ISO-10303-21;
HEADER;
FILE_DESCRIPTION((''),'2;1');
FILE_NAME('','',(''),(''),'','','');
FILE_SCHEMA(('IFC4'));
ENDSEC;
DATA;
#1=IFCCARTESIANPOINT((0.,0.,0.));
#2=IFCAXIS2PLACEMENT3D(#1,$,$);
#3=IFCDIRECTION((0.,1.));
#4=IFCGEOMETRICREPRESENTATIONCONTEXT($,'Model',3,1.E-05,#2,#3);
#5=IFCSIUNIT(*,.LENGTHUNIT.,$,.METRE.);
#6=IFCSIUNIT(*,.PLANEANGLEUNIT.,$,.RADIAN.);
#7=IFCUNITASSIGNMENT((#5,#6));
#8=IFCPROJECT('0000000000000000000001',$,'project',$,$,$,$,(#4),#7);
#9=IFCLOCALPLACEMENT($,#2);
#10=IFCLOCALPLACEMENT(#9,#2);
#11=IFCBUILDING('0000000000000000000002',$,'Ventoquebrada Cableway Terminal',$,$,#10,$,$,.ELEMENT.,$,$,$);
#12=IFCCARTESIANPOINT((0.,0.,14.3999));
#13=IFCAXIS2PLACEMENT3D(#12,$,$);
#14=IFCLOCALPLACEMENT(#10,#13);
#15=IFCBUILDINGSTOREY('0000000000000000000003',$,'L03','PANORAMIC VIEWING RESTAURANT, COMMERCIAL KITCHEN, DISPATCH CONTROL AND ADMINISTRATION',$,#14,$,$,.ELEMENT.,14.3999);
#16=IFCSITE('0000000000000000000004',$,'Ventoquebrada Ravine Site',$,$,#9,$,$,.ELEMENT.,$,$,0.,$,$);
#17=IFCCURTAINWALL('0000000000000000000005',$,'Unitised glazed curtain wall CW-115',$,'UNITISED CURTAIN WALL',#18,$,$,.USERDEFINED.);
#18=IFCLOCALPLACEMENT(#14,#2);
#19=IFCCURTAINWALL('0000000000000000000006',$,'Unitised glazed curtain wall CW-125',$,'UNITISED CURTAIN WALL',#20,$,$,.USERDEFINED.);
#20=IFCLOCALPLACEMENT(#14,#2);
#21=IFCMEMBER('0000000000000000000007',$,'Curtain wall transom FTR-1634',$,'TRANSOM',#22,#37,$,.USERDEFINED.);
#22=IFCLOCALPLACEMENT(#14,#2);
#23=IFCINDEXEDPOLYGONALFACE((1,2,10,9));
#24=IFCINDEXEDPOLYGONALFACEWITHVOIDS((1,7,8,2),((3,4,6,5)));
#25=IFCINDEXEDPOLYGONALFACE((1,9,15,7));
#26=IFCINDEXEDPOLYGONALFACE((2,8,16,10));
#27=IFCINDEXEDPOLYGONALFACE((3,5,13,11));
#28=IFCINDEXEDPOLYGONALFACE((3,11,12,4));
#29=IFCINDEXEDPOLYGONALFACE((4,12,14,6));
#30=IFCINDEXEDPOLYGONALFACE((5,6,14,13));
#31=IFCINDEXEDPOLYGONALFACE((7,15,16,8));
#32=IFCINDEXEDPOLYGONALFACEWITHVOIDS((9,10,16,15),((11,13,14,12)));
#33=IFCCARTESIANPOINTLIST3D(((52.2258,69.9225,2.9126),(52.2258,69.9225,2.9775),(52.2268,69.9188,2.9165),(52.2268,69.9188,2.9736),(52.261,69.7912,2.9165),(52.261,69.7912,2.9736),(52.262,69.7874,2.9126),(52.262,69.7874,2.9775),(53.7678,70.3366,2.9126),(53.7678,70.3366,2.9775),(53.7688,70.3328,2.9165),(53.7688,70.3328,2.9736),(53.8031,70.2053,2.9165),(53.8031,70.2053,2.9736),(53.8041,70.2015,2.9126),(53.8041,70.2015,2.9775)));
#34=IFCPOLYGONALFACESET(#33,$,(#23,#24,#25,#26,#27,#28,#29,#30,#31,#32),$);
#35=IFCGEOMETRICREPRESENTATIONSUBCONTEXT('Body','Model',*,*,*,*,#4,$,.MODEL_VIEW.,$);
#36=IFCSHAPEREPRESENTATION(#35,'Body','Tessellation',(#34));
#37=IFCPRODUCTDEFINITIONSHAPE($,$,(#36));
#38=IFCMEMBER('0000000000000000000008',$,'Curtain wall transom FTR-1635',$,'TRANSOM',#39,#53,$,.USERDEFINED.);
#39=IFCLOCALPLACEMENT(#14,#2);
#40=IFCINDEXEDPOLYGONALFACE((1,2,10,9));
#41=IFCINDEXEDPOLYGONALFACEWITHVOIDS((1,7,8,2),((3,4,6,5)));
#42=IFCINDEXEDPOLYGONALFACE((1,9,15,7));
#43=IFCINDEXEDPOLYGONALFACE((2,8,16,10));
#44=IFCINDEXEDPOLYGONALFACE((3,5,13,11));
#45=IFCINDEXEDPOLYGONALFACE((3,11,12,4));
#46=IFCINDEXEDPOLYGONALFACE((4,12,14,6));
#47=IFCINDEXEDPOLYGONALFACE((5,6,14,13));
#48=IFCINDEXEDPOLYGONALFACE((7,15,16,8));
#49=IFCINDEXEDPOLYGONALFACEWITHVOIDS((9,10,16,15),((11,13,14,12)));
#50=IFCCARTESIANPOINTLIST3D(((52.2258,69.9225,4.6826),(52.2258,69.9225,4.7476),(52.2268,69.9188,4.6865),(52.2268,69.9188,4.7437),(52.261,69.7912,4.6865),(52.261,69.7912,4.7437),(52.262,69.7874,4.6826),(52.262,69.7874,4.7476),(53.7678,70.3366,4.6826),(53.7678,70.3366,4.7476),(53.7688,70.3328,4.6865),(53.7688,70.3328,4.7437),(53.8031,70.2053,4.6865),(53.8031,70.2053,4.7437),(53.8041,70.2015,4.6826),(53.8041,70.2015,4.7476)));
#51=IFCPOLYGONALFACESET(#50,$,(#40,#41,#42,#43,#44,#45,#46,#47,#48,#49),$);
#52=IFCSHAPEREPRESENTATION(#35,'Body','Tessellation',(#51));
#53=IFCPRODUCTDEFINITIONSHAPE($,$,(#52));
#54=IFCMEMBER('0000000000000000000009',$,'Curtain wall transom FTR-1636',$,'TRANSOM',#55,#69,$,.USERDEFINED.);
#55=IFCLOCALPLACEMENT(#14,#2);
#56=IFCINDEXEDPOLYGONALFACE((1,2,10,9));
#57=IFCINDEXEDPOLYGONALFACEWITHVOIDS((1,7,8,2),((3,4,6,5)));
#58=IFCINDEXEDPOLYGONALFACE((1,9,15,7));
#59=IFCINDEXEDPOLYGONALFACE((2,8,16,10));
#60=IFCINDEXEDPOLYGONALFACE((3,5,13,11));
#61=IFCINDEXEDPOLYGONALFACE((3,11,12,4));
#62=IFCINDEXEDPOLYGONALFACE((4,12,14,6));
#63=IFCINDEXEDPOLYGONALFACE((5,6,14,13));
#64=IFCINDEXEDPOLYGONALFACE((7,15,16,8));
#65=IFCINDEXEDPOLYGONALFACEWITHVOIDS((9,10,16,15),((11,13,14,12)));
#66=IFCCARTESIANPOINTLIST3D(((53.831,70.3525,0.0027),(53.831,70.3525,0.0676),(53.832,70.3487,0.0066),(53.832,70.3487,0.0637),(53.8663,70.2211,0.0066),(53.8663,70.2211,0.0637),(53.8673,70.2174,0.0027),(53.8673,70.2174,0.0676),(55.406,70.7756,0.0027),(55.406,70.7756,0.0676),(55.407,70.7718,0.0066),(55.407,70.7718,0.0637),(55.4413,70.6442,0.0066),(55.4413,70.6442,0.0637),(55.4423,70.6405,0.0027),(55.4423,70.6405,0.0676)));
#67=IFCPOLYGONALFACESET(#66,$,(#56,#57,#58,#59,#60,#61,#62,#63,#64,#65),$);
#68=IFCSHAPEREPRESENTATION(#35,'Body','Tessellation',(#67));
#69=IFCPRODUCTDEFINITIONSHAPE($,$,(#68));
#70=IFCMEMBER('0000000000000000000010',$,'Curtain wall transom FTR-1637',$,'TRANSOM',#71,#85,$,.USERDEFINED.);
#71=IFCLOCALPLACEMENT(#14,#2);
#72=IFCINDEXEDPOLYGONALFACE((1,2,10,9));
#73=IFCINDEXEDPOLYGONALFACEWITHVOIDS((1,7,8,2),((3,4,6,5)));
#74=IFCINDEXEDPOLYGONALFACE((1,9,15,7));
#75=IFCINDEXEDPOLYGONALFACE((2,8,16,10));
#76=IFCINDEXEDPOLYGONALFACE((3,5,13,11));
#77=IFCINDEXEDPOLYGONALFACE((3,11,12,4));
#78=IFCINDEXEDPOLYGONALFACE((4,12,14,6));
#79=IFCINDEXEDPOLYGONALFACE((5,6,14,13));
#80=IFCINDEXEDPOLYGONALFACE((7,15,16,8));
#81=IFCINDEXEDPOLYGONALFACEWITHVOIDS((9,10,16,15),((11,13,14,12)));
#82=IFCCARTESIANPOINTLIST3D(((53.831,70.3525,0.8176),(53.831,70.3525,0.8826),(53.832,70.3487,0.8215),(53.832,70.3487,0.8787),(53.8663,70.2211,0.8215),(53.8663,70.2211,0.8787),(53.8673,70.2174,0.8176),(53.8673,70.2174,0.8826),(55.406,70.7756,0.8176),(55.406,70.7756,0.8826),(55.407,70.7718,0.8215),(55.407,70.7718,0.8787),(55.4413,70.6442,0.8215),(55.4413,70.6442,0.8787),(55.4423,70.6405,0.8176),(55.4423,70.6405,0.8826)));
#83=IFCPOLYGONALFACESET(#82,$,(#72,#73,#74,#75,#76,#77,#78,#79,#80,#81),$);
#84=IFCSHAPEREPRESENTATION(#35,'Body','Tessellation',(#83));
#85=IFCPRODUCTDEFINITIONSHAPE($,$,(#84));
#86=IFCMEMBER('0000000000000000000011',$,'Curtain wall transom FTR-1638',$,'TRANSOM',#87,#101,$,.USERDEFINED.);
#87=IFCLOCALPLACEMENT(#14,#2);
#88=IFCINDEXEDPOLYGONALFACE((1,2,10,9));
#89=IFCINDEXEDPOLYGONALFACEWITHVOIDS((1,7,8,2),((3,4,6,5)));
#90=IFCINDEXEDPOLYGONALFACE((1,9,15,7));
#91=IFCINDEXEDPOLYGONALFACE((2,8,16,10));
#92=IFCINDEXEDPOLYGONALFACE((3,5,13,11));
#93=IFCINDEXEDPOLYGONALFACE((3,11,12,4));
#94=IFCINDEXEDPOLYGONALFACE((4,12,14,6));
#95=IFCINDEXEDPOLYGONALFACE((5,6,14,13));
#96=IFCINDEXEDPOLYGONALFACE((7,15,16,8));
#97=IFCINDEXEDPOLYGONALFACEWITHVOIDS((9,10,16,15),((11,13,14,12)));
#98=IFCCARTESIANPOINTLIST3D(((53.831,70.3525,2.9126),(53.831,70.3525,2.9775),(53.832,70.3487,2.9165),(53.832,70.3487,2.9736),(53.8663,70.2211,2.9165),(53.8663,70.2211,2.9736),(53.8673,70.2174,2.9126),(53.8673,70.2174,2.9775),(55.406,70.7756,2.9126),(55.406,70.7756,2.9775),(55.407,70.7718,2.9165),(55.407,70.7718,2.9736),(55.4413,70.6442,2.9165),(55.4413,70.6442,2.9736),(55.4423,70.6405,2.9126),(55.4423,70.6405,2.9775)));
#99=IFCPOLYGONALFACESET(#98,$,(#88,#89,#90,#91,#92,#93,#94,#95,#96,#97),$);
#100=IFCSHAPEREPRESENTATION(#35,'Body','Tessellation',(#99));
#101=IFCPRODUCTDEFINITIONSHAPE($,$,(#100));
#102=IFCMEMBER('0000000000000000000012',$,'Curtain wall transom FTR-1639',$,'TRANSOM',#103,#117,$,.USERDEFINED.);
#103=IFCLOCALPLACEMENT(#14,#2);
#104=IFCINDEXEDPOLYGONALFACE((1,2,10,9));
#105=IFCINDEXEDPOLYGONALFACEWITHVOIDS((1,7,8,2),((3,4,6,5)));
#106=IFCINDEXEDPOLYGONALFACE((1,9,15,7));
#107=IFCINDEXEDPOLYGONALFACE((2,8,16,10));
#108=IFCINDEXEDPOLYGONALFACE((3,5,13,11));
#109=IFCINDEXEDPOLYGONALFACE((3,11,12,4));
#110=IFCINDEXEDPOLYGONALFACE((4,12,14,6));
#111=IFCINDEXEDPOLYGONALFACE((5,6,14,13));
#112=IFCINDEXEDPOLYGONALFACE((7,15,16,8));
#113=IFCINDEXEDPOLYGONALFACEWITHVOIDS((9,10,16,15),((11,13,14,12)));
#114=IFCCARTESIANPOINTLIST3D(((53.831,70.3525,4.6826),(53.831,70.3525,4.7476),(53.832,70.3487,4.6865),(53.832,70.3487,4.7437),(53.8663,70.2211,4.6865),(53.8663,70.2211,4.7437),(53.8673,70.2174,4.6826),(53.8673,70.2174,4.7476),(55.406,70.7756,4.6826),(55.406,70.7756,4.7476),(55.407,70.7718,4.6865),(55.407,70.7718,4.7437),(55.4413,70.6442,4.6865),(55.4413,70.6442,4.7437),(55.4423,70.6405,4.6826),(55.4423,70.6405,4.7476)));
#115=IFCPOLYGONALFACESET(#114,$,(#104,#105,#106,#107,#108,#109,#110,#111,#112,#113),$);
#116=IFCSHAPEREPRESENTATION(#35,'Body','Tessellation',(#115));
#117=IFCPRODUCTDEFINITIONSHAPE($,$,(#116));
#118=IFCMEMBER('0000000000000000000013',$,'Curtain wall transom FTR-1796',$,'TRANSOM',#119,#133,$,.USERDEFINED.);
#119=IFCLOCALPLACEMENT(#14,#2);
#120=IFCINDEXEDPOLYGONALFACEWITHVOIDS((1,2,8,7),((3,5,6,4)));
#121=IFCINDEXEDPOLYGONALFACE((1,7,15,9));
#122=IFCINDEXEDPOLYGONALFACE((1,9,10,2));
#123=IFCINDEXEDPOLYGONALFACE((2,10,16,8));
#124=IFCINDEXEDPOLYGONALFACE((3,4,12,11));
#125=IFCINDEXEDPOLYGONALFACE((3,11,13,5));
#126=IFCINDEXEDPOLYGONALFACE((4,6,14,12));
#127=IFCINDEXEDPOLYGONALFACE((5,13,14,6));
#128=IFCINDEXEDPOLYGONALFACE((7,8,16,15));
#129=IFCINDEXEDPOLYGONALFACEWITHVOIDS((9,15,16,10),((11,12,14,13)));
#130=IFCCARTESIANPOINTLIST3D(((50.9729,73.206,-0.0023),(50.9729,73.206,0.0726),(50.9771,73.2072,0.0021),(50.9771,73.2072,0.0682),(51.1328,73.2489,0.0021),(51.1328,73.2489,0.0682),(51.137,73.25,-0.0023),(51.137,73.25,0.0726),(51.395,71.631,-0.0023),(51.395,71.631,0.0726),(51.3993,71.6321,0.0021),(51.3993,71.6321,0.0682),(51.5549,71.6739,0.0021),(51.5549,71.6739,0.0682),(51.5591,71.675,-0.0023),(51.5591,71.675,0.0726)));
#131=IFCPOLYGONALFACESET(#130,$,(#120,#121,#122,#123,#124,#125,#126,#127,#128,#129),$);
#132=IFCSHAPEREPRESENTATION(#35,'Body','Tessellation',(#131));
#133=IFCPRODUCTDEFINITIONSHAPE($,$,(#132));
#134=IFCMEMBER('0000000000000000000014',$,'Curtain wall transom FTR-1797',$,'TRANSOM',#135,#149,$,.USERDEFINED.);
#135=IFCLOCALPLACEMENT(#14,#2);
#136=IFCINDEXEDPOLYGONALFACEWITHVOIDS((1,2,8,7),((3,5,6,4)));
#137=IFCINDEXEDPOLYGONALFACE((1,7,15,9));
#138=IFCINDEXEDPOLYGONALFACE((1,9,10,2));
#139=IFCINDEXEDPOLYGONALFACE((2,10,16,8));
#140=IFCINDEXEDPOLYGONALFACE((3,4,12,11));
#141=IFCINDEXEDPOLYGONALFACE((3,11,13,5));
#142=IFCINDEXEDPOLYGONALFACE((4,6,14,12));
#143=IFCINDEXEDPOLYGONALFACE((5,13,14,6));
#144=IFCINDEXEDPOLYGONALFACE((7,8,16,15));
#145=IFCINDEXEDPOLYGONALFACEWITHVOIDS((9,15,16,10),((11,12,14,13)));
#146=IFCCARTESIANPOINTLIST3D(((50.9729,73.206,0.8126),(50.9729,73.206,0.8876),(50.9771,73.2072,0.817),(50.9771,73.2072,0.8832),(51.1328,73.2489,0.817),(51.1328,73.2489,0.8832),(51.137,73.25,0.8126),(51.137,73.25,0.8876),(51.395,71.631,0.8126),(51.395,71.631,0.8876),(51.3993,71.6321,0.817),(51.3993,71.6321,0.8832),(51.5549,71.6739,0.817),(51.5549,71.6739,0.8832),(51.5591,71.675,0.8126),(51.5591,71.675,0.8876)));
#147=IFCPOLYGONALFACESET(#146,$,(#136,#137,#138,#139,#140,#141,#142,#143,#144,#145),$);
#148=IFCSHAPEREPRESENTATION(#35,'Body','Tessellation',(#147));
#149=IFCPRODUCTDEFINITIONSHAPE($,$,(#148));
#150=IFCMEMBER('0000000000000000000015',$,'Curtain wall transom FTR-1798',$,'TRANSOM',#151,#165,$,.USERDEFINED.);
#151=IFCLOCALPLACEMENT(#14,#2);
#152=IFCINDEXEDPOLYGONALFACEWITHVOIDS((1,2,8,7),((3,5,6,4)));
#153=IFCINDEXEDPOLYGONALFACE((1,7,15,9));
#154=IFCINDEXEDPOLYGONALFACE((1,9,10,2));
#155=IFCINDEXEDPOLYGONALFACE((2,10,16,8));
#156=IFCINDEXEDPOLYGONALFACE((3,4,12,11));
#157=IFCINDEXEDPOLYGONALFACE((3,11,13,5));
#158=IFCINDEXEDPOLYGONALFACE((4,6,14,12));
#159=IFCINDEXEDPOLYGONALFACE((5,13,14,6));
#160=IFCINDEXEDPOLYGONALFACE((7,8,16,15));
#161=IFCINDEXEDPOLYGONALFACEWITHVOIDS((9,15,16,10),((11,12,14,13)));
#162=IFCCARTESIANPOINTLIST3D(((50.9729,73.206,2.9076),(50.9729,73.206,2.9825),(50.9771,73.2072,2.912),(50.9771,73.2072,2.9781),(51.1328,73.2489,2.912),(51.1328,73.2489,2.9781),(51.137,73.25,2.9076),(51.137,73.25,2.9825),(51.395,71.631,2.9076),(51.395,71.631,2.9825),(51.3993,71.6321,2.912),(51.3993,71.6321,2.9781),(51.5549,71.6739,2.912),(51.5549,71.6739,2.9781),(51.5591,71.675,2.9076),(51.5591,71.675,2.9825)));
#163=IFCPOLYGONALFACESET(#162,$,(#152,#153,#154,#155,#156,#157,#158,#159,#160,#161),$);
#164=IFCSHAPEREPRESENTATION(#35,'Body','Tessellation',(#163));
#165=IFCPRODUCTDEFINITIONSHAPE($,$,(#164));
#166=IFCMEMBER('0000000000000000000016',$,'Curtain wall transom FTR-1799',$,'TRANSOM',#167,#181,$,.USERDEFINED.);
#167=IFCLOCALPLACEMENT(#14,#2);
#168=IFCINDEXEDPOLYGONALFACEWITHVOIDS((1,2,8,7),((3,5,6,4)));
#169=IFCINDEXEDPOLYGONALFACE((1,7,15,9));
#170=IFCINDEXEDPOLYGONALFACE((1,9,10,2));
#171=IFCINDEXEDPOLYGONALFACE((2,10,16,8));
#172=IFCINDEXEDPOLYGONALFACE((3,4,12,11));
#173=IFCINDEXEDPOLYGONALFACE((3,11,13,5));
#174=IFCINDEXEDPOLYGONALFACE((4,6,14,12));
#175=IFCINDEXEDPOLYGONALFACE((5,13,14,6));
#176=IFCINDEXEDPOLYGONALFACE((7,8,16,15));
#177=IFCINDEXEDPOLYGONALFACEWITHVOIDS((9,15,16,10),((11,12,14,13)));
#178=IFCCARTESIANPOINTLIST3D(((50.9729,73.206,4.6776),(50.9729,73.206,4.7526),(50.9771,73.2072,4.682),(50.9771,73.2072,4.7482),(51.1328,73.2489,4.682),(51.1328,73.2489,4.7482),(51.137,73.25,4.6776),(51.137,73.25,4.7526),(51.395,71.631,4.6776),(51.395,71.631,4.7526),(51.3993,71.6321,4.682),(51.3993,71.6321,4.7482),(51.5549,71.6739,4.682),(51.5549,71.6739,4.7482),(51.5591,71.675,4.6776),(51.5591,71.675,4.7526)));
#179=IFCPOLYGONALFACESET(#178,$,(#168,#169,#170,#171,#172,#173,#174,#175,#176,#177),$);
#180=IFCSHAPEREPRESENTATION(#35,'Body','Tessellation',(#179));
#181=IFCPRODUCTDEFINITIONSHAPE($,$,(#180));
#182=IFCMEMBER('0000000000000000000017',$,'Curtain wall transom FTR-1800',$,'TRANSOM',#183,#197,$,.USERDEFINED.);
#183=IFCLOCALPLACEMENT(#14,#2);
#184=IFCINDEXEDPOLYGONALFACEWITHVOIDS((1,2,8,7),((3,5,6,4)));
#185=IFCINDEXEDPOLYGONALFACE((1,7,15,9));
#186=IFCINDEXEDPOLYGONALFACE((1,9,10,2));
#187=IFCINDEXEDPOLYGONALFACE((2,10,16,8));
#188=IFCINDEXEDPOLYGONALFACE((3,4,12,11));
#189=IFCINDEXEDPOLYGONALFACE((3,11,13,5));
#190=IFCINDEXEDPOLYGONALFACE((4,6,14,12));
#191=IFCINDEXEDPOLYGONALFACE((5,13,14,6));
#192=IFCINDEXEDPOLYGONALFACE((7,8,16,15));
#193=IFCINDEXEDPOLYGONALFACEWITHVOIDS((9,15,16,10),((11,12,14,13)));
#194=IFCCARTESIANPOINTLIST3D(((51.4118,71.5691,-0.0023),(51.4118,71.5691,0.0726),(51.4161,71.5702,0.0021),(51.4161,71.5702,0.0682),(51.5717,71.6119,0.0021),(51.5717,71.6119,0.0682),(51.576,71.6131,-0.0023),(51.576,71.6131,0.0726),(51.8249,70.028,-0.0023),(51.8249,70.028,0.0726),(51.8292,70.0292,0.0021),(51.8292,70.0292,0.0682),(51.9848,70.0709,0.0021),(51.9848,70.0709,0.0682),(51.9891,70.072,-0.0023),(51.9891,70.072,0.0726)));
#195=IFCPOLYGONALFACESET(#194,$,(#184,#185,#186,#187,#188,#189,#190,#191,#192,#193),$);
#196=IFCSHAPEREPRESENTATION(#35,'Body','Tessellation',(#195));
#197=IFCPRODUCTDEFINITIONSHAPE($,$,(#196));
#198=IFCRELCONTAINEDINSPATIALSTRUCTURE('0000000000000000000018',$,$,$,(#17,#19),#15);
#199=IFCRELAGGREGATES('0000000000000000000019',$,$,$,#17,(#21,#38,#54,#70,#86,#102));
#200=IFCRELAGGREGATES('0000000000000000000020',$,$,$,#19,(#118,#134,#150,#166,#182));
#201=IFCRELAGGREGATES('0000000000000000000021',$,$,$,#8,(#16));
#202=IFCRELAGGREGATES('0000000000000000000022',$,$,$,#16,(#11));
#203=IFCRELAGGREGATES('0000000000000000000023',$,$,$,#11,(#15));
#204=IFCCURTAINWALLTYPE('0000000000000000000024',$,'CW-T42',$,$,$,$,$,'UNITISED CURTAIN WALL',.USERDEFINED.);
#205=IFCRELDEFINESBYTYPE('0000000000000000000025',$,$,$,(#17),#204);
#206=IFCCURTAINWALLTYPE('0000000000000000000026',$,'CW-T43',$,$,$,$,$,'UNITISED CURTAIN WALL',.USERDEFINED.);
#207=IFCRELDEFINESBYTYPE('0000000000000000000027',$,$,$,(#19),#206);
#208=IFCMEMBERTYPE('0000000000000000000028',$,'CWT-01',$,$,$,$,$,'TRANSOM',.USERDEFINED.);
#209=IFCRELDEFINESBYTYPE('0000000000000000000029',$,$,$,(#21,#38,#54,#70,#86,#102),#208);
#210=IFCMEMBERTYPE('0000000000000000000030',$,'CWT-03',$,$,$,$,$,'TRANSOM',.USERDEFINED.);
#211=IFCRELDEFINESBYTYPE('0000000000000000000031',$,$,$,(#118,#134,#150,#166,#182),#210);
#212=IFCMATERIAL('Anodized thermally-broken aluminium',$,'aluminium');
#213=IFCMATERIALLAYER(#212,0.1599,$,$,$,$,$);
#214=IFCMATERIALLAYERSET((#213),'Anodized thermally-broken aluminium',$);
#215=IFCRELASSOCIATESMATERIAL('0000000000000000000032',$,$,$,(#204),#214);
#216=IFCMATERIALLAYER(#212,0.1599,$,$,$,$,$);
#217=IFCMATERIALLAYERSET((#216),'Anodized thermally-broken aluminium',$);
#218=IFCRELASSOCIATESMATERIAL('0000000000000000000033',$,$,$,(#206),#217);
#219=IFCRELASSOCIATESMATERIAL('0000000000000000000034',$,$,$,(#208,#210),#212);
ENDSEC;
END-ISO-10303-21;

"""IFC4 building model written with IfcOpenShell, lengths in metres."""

from ifc_helpers import new_model, si_unit, direction, frame, origin, origin_2d, place, context, subcontext, project, spatial, hollow_rectangle, extrude, material, layer, layer_set, material_profile, profile_set, type_object, element, aggregate, save


model = new_model("IFC4")

# Units and contexts
model_context = context("Model", 3, precision=1e-05, world=origin(), true_north=direction((0.0, 1.0)))
body_context = subcontext(model_context, "Body", "Model", "MODEL_VIEW")
ifc_project = project(units=[si_unit("LENGTHUNIT", "METRE"), si_unit("PLANEANGLEUNIT", "RADIAN")], contexts=[model_context])

# Site, building, storey
site_placement = place(None, origin())
site = spatial("IfcSite", under=ifc_project, at=site_placement, Name="Ventoquebrada Ravine Site", CompositionType="ELEMENT", RefElevation=0.0)
building_placement = place(site_placement, origin())
building = spatial("IfcBuilding", under=site, at=building_placement, Name="Ventoquebrada Cableway Terminal", CompositionType="ELEMENT")
storey_placement = place(building_placement, frame((0.0, 0.0, 14.3999)))
storey = spatial("IfcBuildingStorey", under=building, at=storey_placement, Name="L03", Description="PANORAMIC VIEWING RESTAURANT, COMMERCIAL KITCHEN, DISPATCH CONTROL AND ADMINISTRATION", CompositionType="ELEMENT", Elevation=14.3999)

# Curtain walls
ifc_material_1 = material(Name="Anodized thermally-broken aluminium", Category="aluminium")
ifc_layer_1 = layer(ifc_material_1, 0.1599)
ifc_layer_set_1 = layer_set([ifc_layer_1], Name="Anodized thermally-broken aluminium")
curtain_wall_type_1 = type_object("IfcCurtainWallType", Name="CW-T42", ElementType="UNITISED CURTAIN WALL", PredefinedType="USERDEFINED", material=ifc_layer_set_1)
curtain_wall_1_placement = place(storey_placement, origin())
curtain_wall_1 = element("IfcCurtainWall", 1, at=curtain_wall_1_placement, inside=storey, type_object=curtain_wall_type_1, Name="Unitised glazed curtain wall CW-115", ObjectType="UNITISED CURTAIN WALL", PredefinedType="USERDEFINED")
ifc_layer_2 = layer(ifc_material_1, 0.1599)
ifc_layer_set_2 = layer_set([ifc_layer_2], Name="Anodized thermally-broken aluminium")
curtain_wall_type_2 = type_object("IfcCurtainWallType", Name="CW-T43", ElementType="UNITISED CURTAIN WALL", PredefinedType="USERDEFINED", material=ifc_layer_set_2)
curtain_wall_2_placement = place(storey_placement, origin())
curtain_wall_2 = element("IfcCurtainWall", 2, at=curtain_wall_2_placement, inside=storey, type_object=curtain_wall_type_2, Name="Unitised glazed curtain wall CW-125", ObjectType="UNITISED CURTAIN WALL", PredefinedType="USERDEFINED")

# Members
ifc_material_profile_1 = material_profile(ifc_material_1, hollow_rectangle(XDim=0.0649, YDim=0.1399, WallThickness=0.0039, at=origin_2d()), Name="CW-TRN-65X140")
ifc_profile_set_1 = profile_set([ifc_material_profile_1], Name="Anodized thermally-broken aluminium")
member_type_1 = type_object("IfcMemberType", Name="CWT-01", ElementType="TRANSOM", PredefinedType="USERDEFINED", material=ifc_profile_set_1)
member_1_placement = place(storey_placement, frame((52.2439, 69.855, 2.9451), z_axis=(0.965787, 0.259337, 0.0), x_axis=(0.0, 0.0, 1.0)))
member_1 = element("IfcMember", 3, at=member_1_placement, type_object=member_type_1, Name="Curtain wall transom FTR-1634", ObjectType="TRANSOM", PredefinedType="USERDEFINED", context=body_context, shape_type="SweptSolid", body=[
    extrude(hollow_rectangle(XDim=0.0649, YDim=0.1399, WallThickness=0.0039, at=origin_2d()), origin(), (0.0, 0.0, 1.0), 1.5967),
])
member_2_placement = place(storey_placement, frame((52.2439, 69.855, 4.7151), z_axis=(0.965787, 0.259337, 0.0), x_axis=(0.0, 0.0, 1.0)))
member_2 = element("IfcMember", 4, at=member_2_placement, type_object=member_type_1, Name="Curtain wall transom FTR-1635", ObjectType="TRANSOM", PredefinedType="USERDEFINED", context=body_context, shape_type="SweptSolid", body=[
    extrude(hollow_rectangle(XDim=0.0649, YDim=0.1399, WallThickness=0.0039, at=origin_2d()), origin(), (0.0, 0.0, 1.0), 1.5967),
])
member_3_placement = place(storey_placement, frame((53.8491, 70.2849, 0.0352), z_axis=(0.965759, 0.259442, 0.0), x_axis=(0.0, 0.0, 1.0)))
member_3 = element("IfcMember", 5, at=member_3_placement, type_object=member_type_1, Name="Curtain wall transom FTR-1636", ObjectType="TRANSOM", PredefinedType="USERDEFINED", context=body_context, shape_type="SweptSolid", body=[
    extrude(hollow_rectangle(XDim=0.0649, YDim=0.1399, WallThickness=0.0039, at=origin_2d()), origin(), (0.0, 0.0, 1.0), 1.6309),
])
member_4_placement = place(storey_placement, frame((53.8491, 70.2849, 0.8501), z_axis=(0.965759, 0.259442, 0.0), x_axis=(0.0, 0.0, 1.0)))
member_4 = element("IfcMember", 6, at=member_4_placement, type_object=member_type_1, Name="Curtain wall transom FTR-1637", ObjectType="TRANSOM", PredefinedType="USERDEFINED", context=body_context, shape_type="SweptSolid", body=[
    extrude(hollow_rectangle(XDim=0.0649, YDim=0.1399, WallThickness=0.0039, at=origin_2d()), origin(), (0.0, 0.0, 1.0), 1.6309),
])
member_5_placement = place(storey_placement, frame((53.8491, 70.2849, 2.9451), z_axis=(0.965759, 0.259442, 0.0), x_axis=(0.0, 0.0, 1.0)))
member_5 = element("IfcMember", 7, at=member_5_placement, type_object=member_type_1, Name="Curtain wall transom FTR-1638", ObjectType="TRANSOM", PredefinedType="USERDEFINED", context=body_context, shape_type="SweptSolid", body=[
    extrude(hollow_rectangle(XDim=0.0649, YDim=0.1399, WallThickness=0.0039, at=origin_2d()), origin(), (0.0, 0.0, 1.0), 1.6309),
])
member_6_placement = place(storey_placement, frame((53.8491, 70.2849, 4.7151), z_axis=(0.965759, 0.259442, 0.0), x_axis=(0.0, 0.0, 1.0)))
member_6 = element("IfcMember", 8, at=member_6_placement, type_object=member_type_1, Name="Curtain wall transom FTR-1639", ObjectType="TRANSOM", PredefinedType="USERDEFINED", context=body_context, shape_type="SweptSolid", body=[
    extrude(hollow_rectangle(XDim=0.0649, YDim=0.1399, WallThickness=0.0039, at=origin_2d()), origin(), (0.0, 0.0, 1.0), 1.6309),
])
ifc_material_profile_2 = material_profile(ifc_material_1, hollow_rectangle(XDim=0.075, YDim=0.1699, WallThickness=0.0044, at=origin_2d()), Name="CW-TRN-75X170")
ifc_profile_set_2 = profile_set([ifc_material_profile_2], Name="Anodized thermally-broken aluminium")
member_type_2 = type_object("IfcMemberType", Name="CWT-03", ElementType="TRANSOM", PredefinedType="USERDEFINED", material=ifc_profile_set_2)
member_7_placement = place(storey_placement, frame((51.0549, 73.228, 0.0352), z_axis=(0.258883, -0.965909, 0.0), x_axis=(0.0, 0.0, 1.0)))
member_7 = element("IfcMember", 9, at=member_7_placement, type_object=member_type_2, Name="Curtain wall transom FTR-1796", ObjectType="TRANSOM", PredefinedType="USERDEFINED", context=body_context, shape_type="SweptSolid", body=[
    extrude(hollow_rectangle(XDim=0.075, YDim=0.1699, WallThickness=0.0044, at=origin_2d()), origin(), (0.0, 0.0, 1.0), 1.6306),
])
member_8_placement = place(storey_placement, frame((51.0549, 73.228, 0.8501), z_axis=(0.258883, -0.965909, 0.0), x_axis=(0.0, 0.0, 1.0)))
member_8 = element("IfcMember", 10, at=member_8_placement, type_object=member_type_2, Name="Curtain wall transom FTR-1797", ObjectType="TRANSOM", PredefinedType="USERDEFINED", context=body_context, shape_type="SweptSolid", body=[
    extrude(hollow_rectangle(XDim=0.075, YDim=0.1699, WallThickness=0.0044, at=origin_2d()), origin(), (0.0, 0.0, 1.0), 1.6306),
])
member_9_placement = place(storey_placement, frame((51.0549, 73.228, 2.9451), z_axis=(0.258883, -0.965909, 0.0), x_axis=(0.0, 0.0, 1.0)))
member_9 = element("IfcMember", 11, at=member_9_placement, type_object=member_type_2, Name="Curtain wall transom FTR-1798", ObjectType="TRANSOM", PredefinedType="USERDEFINED", context=body_context, shape_type="SweptSolid", body=[
    extrude(hollow_rectangle(XDim=0.075, YDim=0.1699, WallThickness=0.0044, at=origin_2d()), origin(), (0.0, 0.0, 1.0), 1.6306),
])
member_10_placement = place(storey_placement, frame((51.0549, 73.228, 4.7151), z_axis=(0.258883, -0.965909, 0.0), x_axis=(0.0, 0.0, 1.0)))
member_10 = element("IfcMember", 12, at=member_10_placement, type_object=member_type_2, Name="Curtain wall transom FTR-1799", ObjectType="TRANSOM", PredefinedType="USERDEFINED", context=body_context, shape_type="SweptSolid", body=[
    extrude(hollow_rectangle(XDim=0.075, YDim=0.1699, WallThickness=0.0044, at=origin_2d()), origin(), (0.0, 0.0, 1.0), 1.6306),
])
member_11_placement = place(storey_placement, frame((51.4939, 71.5911, 0.0352), z_axis=(0.25892, -0.965899, 0.0), x_axis=(0.0, 0.0, 1.0)))
member_11 = element("IfcMember", 13, at=member_11_placement, type_object=member_type_2, Name="Curtain wall transom FTR-1800", ObjectType="TRANSOM", PredefinedType="USERDEFINED", context=body_context, shape_type="SweptSolid", body=[
    extrude(hollow_rectangle(XDim=0.075, YDim=0.1699, WallThickness=0.0044, at=origin_2d()), origin(), (0.0, 0.0, 1.0), 1.5955),
])

aggregate(curtain_wall_1, [member_1, member_2, member_3, member_4, member_5, member_6])
aggregate(curtain_wall_2, [member_7, member_8, member_9, member_10, member_11])

save(model, "model.ifc")
